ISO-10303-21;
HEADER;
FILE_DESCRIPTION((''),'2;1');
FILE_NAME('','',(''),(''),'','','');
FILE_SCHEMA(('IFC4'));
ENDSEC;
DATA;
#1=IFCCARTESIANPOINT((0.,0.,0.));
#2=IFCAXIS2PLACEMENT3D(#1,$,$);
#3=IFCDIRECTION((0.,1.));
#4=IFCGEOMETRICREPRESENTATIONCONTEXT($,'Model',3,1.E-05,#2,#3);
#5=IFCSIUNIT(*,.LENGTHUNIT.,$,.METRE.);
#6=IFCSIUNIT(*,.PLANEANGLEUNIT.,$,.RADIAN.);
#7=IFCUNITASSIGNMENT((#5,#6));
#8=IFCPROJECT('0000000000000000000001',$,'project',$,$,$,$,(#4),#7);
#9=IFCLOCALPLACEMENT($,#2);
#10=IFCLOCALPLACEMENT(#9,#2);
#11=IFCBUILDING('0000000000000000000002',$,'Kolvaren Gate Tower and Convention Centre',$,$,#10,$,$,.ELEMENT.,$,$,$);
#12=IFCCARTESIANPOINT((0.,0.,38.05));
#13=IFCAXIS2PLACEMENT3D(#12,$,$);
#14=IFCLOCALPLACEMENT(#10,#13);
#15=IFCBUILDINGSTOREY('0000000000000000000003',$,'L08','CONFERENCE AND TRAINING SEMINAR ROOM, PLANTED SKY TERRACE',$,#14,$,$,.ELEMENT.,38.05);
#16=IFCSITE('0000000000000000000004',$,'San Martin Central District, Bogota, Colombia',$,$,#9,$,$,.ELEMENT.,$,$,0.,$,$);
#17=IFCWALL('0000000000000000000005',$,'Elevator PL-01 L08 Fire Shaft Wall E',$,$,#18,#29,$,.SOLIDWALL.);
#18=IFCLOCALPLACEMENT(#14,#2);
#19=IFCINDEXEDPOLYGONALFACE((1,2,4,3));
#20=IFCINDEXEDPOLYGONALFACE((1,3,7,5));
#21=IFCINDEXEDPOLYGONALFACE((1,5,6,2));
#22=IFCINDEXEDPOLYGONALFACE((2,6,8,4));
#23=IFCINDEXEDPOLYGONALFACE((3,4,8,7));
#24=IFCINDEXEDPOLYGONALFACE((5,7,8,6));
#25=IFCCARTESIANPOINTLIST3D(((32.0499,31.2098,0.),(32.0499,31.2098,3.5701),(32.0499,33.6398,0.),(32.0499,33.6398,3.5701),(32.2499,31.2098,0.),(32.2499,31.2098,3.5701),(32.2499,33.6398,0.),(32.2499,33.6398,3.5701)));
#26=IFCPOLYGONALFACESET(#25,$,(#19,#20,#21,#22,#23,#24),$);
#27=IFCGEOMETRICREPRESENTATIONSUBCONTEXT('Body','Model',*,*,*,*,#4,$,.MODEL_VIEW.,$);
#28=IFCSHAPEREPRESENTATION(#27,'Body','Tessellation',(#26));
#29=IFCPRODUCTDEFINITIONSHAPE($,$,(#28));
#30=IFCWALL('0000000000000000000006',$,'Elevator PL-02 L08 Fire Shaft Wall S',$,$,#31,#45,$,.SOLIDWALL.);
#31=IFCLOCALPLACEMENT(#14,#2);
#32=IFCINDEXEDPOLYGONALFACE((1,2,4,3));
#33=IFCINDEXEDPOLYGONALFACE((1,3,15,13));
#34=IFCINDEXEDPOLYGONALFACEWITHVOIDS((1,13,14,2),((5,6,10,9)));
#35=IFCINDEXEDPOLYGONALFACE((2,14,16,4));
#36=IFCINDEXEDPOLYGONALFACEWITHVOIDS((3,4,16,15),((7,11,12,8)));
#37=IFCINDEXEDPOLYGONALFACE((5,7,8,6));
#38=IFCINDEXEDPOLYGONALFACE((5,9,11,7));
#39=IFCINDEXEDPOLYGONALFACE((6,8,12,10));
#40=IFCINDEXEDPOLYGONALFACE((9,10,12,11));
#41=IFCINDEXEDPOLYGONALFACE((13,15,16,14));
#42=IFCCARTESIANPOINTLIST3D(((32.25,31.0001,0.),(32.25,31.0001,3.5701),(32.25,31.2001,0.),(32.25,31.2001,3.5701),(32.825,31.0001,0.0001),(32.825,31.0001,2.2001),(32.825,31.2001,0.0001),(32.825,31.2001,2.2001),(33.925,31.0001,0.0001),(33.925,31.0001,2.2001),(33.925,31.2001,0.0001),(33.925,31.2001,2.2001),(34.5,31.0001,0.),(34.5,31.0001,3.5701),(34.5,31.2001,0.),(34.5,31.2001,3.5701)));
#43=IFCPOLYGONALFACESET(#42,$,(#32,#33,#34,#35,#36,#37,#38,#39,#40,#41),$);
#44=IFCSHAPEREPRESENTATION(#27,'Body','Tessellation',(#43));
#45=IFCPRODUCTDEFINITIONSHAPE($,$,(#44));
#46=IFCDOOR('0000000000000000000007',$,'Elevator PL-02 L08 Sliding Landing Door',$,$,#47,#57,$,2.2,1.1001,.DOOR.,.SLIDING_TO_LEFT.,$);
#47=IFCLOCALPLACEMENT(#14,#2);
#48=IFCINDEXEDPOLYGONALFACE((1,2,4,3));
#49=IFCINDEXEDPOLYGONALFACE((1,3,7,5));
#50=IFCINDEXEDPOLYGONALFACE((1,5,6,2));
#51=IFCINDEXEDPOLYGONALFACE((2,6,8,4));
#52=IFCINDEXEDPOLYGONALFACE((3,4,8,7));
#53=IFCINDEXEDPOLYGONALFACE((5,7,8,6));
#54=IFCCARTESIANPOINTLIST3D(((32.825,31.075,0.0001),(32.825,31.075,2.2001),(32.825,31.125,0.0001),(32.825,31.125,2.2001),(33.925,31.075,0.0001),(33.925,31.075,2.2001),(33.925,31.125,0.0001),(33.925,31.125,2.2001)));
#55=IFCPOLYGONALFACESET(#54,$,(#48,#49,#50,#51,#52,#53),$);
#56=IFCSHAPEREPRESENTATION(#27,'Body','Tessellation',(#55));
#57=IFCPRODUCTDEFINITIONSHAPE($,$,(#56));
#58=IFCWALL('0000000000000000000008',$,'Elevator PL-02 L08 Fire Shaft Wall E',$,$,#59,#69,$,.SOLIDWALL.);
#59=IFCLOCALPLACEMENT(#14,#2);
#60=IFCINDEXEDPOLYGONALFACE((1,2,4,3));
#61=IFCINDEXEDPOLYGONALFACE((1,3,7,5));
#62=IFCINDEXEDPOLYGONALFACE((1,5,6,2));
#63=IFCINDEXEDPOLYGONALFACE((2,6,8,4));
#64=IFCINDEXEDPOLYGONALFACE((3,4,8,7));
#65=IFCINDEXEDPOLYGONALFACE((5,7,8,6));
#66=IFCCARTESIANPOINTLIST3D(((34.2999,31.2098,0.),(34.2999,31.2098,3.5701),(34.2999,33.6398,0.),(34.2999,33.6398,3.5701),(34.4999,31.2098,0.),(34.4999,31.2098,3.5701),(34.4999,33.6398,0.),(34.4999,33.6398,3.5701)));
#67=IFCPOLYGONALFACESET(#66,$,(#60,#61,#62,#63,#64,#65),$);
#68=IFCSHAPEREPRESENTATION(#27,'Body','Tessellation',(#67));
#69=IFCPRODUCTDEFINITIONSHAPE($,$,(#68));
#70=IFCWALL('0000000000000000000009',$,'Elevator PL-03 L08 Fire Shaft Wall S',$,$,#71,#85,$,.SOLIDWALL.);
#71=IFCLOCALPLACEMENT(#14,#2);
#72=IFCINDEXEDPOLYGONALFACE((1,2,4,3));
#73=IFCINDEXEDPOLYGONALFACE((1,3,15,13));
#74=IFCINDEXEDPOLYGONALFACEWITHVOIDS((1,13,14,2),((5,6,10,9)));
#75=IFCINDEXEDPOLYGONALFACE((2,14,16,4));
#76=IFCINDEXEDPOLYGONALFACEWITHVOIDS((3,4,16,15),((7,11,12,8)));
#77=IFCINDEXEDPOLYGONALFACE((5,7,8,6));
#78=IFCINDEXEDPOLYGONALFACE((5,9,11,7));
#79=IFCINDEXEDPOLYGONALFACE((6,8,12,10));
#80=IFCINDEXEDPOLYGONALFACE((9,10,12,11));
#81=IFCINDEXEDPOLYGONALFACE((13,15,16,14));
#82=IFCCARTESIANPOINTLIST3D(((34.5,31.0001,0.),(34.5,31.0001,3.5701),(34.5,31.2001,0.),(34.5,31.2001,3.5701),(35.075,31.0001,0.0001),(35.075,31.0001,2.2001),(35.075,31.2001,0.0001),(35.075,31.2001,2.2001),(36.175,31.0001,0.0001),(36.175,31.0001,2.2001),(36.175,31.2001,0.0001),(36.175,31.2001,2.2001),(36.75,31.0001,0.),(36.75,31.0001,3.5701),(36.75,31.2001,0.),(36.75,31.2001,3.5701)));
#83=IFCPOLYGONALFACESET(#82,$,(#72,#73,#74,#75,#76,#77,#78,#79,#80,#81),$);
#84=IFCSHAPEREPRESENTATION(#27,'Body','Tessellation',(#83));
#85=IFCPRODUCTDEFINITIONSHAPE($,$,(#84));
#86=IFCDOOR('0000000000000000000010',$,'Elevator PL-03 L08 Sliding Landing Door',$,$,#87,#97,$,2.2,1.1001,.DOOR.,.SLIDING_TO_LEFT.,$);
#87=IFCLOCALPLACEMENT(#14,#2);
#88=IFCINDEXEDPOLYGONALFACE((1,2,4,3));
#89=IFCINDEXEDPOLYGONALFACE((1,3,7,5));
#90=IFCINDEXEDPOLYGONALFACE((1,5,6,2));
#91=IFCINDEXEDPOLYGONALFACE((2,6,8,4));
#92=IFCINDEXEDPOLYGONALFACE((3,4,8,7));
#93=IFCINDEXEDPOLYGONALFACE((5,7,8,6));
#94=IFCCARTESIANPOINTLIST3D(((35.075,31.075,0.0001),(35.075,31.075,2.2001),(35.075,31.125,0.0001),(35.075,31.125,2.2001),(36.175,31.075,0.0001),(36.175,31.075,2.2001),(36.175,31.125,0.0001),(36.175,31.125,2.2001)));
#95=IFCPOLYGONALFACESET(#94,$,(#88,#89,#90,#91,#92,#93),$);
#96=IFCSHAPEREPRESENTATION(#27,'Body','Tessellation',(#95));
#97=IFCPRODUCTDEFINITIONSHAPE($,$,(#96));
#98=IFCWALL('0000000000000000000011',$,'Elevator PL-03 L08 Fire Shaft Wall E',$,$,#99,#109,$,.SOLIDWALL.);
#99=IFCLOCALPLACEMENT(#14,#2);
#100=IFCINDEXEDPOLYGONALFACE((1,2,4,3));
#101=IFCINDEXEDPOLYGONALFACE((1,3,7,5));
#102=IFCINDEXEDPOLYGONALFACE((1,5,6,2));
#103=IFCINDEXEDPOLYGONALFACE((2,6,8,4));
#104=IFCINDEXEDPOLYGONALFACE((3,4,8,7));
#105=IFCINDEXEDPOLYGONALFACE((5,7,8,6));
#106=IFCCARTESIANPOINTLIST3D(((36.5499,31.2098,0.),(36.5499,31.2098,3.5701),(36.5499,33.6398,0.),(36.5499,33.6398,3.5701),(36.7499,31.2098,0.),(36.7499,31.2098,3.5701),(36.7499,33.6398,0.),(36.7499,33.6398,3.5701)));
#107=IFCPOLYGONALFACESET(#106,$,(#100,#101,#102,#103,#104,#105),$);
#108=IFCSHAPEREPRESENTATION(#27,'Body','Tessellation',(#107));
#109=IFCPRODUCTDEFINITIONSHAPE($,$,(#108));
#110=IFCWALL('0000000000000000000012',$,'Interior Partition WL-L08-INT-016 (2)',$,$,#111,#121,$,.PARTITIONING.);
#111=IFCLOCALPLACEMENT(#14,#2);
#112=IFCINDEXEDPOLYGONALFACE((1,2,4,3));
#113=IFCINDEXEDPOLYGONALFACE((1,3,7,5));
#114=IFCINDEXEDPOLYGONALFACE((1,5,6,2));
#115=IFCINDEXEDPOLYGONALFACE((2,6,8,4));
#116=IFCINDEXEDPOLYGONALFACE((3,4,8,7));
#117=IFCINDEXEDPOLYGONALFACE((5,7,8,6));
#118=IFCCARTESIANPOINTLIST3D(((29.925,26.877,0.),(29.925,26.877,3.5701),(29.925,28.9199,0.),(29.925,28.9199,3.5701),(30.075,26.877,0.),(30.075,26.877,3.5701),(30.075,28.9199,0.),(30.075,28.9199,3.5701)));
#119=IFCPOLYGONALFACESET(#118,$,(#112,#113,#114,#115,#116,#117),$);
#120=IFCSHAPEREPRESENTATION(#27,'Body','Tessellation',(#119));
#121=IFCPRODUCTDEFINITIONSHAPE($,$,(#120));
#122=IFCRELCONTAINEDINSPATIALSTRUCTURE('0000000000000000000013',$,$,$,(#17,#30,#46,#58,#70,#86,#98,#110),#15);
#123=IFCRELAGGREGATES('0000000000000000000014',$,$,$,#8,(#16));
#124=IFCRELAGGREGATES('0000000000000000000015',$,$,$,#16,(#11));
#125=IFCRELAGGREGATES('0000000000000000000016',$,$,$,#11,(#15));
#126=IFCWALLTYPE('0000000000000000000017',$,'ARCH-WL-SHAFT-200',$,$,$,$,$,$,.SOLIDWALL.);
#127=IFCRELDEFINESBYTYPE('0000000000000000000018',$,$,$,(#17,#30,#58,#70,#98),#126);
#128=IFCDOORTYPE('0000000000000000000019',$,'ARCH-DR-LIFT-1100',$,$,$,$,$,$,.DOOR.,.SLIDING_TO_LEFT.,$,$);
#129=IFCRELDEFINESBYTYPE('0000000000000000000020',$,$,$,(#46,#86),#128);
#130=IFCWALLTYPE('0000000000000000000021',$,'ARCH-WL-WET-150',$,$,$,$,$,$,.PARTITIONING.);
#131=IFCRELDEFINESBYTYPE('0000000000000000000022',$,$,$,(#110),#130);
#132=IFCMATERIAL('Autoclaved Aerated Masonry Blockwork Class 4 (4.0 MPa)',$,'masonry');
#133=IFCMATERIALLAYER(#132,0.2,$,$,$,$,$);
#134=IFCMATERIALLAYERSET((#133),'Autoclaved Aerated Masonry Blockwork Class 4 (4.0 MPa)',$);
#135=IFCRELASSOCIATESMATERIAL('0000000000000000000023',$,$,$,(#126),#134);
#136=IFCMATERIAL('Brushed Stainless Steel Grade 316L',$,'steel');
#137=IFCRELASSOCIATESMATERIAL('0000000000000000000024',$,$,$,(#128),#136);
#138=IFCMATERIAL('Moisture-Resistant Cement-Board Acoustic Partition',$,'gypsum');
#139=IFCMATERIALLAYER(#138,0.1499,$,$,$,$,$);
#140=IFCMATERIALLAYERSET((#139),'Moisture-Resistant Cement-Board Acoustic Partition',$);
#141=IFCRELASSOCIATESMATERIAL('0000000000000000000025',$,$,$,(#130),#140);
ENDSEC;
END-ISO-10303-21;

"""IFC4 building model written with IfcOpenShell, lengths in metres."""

from ifc_helpers import new_model, si_unit, direction, frame, frame_2d, origin, place, context, subcontext, project, spatial, rectangle, extrude, material, layer, layer_set, type_object, element, fill, save


model = new_model("IFC4")

# Units and contexts
model_context = context("Model", 3, precision=1e-05, world=origin(), true_north=direction((0.0, 1.0)))
body_context = subcontext(model_context, "Body", "Model", "MODEL_VIEW")
ifc_project = project(units=[si_unit("LENGTHUNIT", "METRE"), si_unit("PLANEANGLEUNIT", "RADIAN")], contexts=[model_context])

# Site, building, storey
site_placement = place(None, origin())
site = spatial("IfcSite", under=ifc_project, at=site_placement, Name="San Martin Central District, Bogota, Colombia", CompositionType="ELEMENT", RefElevation=0.0)
building_placement = place(site_placement, origin())
building = spatial("IfcBuilding", under=site, at=building_placement, Name="Kolvaren Gate Tower and Convention Centre", CompositionType="ELEMENT")
storey_placement = place(building_placement, frame((0.0, 0.0, 38.05)))
storey = spatial("IfcBuildingStorey", under=building, at=storey_placement, Name="L08", Description="CONFERENCE AND TRAINING SEMINAR ROOM, PLANTED SKY TERRACE", CompositionType="ELEMENT", Elevation=38.05)

# Wall
ifc_material_1 = material(Name="Autoclaved Aerated Masonry Blockwork Class 4 (4.0 MPa)", Category="masonry")
ifc_layer_1 = layer(ifc_material_1, 0.2)
ifc_layer_set_1 = layer_set([ifc_layer_1], Name="Autoclaved Aerated Masonry Blockwork Class 4 (4.0 MPa)")
wall_type_1 = type_object("IfcWallType", Name="ARCH-WL-SHAFT-200", PredefinedType="SOLIDWALL", material=ifc_layer_set_1)
wall_1_placement = place(storey_placement, frame((32.1499, 31.21, 0.0), z_axis=(0.0, 0.0, 1.0), x_axis=(0.0, 1.0, 0.0)))
element("IfcWall", 1, at=wall_1_placement, inside=storey, type_object=wall_type_1, Name="Elevator PL-01 L08 Fire Shaft Wall E", PredefinedType="SOLIDWALL", context=body_context, shape_type="SweptSolid", body=[
    extrude(rectangle(XDim=2.4299, YDim=0.2, at=frame_2d((1.2148, 0.0))), origin(), (0.0, 0.0, 1.0), 3.5701),
])

# Wall, opening, door
wall_2_placement = place(storey_placement, frame((32.25, 31.1001, 0.0), z_axis=(0.0, 0.0, 1.0), x_axis=(1.0, 0.0, 0.0)))
wall_2 = element("IfcWall", 2, at=wall_2_placement, inside=storey, type_object=wall_type_1, Name="Elevator PL-02 L08 Fire Shaft Wall S", PredefinedType="SOLIDWALL", context=body_context, shape_type="SweptSolid", body=[
    extrude(rectangle(XDim=2.25, YDim=0.2, at=frame_2d((1.125, 0.0))), origin(), (0.0, 0.0, 1.0), 3.5701),
])
opening_1_placement = place(wall_2_placement, frame((0.575, 0.0, 0.0)))
opening_1 = element("IfcOpeningElement", 3, at=opening_1_placement, cuts=wall_2, PredefinedType="OPENING", context=body_context, shape_type="SweptSolid", body=[
    extrude(rectangle(XDim=1.1001, YDim=2.2, at=frame_2d((0.55, 1.1001))), frame((0.0, 0.1099, 0.0), z_axis=(0.0, -1.0, 0.0), x_axis=(1.0, 0.0, 0.0)), (0.0, 0.0, 1.0), 0.22),
])
ifc_material_2 = material(Name="Brushed Stainless Steel Grade 316L", Category="steel")
door_type_1 = type_object("IfcDoorType", Name="ARCH-DR-LIFT-1100", OperationType="SLIDING_TO_LEFT", PredefinedType="DOOR", material=ifc_material_2)
door_1_placement = place(opening_1_placement, origin())
door_1 = element("IfcDoor", 4, at=door_1_placement, inside=storey, type_object=door_type_1, Name="Elevator PL-02 L08 Sliding Landing Door", OperationType="SLIDING_TO_LEFT", OverallHeight=2.2, OverallWidth=1.1001, PredefinedType="DOOR", context=body_context, shape_type="SweptSolid", body=[
    extrude(rectangle(XDim=1.1001, YDim=2.2, at=frame_2d((0.55, 1.1001))), frame((0.0, 0.0249, 0.0), z_axis=(0.0, -1.0, 0.0), x_axis=(1.0, 0.0, 0.0)), (0.0, 0.0, 1.0), 0.05),
])
fill(opening_1, door_1)

# Wall
wall_3_placement = place(storey_placement, frame((34.3999, 31.21, 0.0), z_axis=(0.0, 0.0, 1.0), x_axis=(0.0, 1.0, 0.0)))
element("IfcWall", 5, at=wall_3_placement, inside=storey, type_object=wall_type_1, Name="Elevator PL-02 L08 Fire Shaft Wall E", PredefinedType="SOLIDWALL", context=body_context, shape_type="SweptSolid", body=[
    extrude(rectangle(XDim=2.4299, YDim=0.2, at=frame_2d((1.2148, 0.0))), origin(), (0.0, 0.0, 1.0), 3.5701),
])

# Wall, opening, door
wall_4_placement = place(storey_placement, frame((34.5, 31.1001, 0.0), z_axis=(0.0, 0.0, 1.0), x_axis=(1.0, 0.0, 0.0)))
wall_4 = element("IfcWall", 6, at=wall_4_placement, inside=storey, type_object=wall_type_1, Name="Elevator PL-03 L08 Fire Shaft Wall S", PredefinedType="SOLIDWALL", context=body_context, shape_type="SweptSolid", body=[
    extrude(rectangle(XDim=2.25, YDim=0.2, at=frame_2d((1.125, 0.0))), origin(), (0.0, 0.0, 1.0), 3.5701),
])
opening_2_placement = place(wall_4_placement, frame((0.575, 0.0, 0.0)))
opening_2 = element("IfcOpeningElement", 7, at=opening_2_placement, cuts=wall_4, PredefinedType="OPENING", context=body_context, shape_type="SweptSolid", body=[
    extrude(rectangle(XDim=1.1001, YDim=2.2, at=frame_2d((0.55, 1.1001))), frame((0.0, 0.1099, 0.0), z_axis=(0.0, -1.0, 0.0), x_axis=(1.0, 0.0, 0.0)), (0.0, 0.0, 1.0), 0.22),
])
door_2_placement = place(opening_2_placement, origin())
door_2 = element("IfcDoor", 8, at=door_2_placement, inside=storey, type_object=door_type_1, Name="Elevator PL-03 L08 Sliding Landing Door", OperationType="SLIDING_TO_LEFT", OverallHeight=2.2, OverallWidth=1.1001, PredefinedType="DOOR", context=body_context, shape_type="SweptSolid", body=[
    extrude(rectangle(XDim=1.1001, YDim=2.2, at=frame_2d((0.55, 1.1001))), frame((0.0, 0.0249, 0.0), z_axis=(0.0, -1.0, 0.0), x_axis=(1.0, 0.0, 0.0)), (0.0, 0.0, 1.0), 0.05),
])
fill(opening_2, door_2)

# Walls
wall_5_placement = place(storey_placement, frame((36.6499, 31.21, 0.0), z_axis=(0.0, 0.0, 1.0), x_axis=(0.0, 1.0, 0.0)))
element("IfcWall", 9, at=wall_5_placement, inside=storey, type_object=wall_type_1, Name="Elevator PL-03 L08 Fire Shaft Wall E", PredefinedType="SOLIDWALL", context=body_context, shape_type="SweptSolid", body=[
    extrude(rectangle(XDim=2.4299, YDim=0.2, at=frame_2d((1.2148, 0.0))), origin(), (0.0, 0.0, 1.0), 3.5701),
])
ifc_material_3 = material(Name="Moisture-Resistant Cement-Board Acoustic Partition", Category="gypsum")
ifc_layer_2 = layer(ifc_material_3, 0.1499)
ifc_layer_set_2 = layer_set([ifc_layer_2], Name="Moisture-Resistant Cement-Board Acoustic Partition")
wall_type_2 = type_object("IfcWallType", Name="ARCH-WL-WET-150", PredefinedType="PARTITIONING", material=ifc_layer_set_2)
wall_6_placement = place(storey_placement, frame((30.0, 26.877, 0.0), z_axis=(0.0, 0.0, 1.0), x_axis=(0.0, 1.0, 0.0)))
element("IfcWall", 10, at=wall_6_placement, inside=storey, type_object=wall_type_2, Name="Interior Partition WL-L08-INT-016 (2)", PredefinedType="PARTITIONING", context=body_context, shape_type="SweptSolid", body=[
    extrude(rectangle(XDim=2.043, YDim=0.1499, at=frame_2d((1.0215, 0.0))), origin(), (0.0, 0.0, 1.0), 3.5701),
])

save(model, "model.ifc")
